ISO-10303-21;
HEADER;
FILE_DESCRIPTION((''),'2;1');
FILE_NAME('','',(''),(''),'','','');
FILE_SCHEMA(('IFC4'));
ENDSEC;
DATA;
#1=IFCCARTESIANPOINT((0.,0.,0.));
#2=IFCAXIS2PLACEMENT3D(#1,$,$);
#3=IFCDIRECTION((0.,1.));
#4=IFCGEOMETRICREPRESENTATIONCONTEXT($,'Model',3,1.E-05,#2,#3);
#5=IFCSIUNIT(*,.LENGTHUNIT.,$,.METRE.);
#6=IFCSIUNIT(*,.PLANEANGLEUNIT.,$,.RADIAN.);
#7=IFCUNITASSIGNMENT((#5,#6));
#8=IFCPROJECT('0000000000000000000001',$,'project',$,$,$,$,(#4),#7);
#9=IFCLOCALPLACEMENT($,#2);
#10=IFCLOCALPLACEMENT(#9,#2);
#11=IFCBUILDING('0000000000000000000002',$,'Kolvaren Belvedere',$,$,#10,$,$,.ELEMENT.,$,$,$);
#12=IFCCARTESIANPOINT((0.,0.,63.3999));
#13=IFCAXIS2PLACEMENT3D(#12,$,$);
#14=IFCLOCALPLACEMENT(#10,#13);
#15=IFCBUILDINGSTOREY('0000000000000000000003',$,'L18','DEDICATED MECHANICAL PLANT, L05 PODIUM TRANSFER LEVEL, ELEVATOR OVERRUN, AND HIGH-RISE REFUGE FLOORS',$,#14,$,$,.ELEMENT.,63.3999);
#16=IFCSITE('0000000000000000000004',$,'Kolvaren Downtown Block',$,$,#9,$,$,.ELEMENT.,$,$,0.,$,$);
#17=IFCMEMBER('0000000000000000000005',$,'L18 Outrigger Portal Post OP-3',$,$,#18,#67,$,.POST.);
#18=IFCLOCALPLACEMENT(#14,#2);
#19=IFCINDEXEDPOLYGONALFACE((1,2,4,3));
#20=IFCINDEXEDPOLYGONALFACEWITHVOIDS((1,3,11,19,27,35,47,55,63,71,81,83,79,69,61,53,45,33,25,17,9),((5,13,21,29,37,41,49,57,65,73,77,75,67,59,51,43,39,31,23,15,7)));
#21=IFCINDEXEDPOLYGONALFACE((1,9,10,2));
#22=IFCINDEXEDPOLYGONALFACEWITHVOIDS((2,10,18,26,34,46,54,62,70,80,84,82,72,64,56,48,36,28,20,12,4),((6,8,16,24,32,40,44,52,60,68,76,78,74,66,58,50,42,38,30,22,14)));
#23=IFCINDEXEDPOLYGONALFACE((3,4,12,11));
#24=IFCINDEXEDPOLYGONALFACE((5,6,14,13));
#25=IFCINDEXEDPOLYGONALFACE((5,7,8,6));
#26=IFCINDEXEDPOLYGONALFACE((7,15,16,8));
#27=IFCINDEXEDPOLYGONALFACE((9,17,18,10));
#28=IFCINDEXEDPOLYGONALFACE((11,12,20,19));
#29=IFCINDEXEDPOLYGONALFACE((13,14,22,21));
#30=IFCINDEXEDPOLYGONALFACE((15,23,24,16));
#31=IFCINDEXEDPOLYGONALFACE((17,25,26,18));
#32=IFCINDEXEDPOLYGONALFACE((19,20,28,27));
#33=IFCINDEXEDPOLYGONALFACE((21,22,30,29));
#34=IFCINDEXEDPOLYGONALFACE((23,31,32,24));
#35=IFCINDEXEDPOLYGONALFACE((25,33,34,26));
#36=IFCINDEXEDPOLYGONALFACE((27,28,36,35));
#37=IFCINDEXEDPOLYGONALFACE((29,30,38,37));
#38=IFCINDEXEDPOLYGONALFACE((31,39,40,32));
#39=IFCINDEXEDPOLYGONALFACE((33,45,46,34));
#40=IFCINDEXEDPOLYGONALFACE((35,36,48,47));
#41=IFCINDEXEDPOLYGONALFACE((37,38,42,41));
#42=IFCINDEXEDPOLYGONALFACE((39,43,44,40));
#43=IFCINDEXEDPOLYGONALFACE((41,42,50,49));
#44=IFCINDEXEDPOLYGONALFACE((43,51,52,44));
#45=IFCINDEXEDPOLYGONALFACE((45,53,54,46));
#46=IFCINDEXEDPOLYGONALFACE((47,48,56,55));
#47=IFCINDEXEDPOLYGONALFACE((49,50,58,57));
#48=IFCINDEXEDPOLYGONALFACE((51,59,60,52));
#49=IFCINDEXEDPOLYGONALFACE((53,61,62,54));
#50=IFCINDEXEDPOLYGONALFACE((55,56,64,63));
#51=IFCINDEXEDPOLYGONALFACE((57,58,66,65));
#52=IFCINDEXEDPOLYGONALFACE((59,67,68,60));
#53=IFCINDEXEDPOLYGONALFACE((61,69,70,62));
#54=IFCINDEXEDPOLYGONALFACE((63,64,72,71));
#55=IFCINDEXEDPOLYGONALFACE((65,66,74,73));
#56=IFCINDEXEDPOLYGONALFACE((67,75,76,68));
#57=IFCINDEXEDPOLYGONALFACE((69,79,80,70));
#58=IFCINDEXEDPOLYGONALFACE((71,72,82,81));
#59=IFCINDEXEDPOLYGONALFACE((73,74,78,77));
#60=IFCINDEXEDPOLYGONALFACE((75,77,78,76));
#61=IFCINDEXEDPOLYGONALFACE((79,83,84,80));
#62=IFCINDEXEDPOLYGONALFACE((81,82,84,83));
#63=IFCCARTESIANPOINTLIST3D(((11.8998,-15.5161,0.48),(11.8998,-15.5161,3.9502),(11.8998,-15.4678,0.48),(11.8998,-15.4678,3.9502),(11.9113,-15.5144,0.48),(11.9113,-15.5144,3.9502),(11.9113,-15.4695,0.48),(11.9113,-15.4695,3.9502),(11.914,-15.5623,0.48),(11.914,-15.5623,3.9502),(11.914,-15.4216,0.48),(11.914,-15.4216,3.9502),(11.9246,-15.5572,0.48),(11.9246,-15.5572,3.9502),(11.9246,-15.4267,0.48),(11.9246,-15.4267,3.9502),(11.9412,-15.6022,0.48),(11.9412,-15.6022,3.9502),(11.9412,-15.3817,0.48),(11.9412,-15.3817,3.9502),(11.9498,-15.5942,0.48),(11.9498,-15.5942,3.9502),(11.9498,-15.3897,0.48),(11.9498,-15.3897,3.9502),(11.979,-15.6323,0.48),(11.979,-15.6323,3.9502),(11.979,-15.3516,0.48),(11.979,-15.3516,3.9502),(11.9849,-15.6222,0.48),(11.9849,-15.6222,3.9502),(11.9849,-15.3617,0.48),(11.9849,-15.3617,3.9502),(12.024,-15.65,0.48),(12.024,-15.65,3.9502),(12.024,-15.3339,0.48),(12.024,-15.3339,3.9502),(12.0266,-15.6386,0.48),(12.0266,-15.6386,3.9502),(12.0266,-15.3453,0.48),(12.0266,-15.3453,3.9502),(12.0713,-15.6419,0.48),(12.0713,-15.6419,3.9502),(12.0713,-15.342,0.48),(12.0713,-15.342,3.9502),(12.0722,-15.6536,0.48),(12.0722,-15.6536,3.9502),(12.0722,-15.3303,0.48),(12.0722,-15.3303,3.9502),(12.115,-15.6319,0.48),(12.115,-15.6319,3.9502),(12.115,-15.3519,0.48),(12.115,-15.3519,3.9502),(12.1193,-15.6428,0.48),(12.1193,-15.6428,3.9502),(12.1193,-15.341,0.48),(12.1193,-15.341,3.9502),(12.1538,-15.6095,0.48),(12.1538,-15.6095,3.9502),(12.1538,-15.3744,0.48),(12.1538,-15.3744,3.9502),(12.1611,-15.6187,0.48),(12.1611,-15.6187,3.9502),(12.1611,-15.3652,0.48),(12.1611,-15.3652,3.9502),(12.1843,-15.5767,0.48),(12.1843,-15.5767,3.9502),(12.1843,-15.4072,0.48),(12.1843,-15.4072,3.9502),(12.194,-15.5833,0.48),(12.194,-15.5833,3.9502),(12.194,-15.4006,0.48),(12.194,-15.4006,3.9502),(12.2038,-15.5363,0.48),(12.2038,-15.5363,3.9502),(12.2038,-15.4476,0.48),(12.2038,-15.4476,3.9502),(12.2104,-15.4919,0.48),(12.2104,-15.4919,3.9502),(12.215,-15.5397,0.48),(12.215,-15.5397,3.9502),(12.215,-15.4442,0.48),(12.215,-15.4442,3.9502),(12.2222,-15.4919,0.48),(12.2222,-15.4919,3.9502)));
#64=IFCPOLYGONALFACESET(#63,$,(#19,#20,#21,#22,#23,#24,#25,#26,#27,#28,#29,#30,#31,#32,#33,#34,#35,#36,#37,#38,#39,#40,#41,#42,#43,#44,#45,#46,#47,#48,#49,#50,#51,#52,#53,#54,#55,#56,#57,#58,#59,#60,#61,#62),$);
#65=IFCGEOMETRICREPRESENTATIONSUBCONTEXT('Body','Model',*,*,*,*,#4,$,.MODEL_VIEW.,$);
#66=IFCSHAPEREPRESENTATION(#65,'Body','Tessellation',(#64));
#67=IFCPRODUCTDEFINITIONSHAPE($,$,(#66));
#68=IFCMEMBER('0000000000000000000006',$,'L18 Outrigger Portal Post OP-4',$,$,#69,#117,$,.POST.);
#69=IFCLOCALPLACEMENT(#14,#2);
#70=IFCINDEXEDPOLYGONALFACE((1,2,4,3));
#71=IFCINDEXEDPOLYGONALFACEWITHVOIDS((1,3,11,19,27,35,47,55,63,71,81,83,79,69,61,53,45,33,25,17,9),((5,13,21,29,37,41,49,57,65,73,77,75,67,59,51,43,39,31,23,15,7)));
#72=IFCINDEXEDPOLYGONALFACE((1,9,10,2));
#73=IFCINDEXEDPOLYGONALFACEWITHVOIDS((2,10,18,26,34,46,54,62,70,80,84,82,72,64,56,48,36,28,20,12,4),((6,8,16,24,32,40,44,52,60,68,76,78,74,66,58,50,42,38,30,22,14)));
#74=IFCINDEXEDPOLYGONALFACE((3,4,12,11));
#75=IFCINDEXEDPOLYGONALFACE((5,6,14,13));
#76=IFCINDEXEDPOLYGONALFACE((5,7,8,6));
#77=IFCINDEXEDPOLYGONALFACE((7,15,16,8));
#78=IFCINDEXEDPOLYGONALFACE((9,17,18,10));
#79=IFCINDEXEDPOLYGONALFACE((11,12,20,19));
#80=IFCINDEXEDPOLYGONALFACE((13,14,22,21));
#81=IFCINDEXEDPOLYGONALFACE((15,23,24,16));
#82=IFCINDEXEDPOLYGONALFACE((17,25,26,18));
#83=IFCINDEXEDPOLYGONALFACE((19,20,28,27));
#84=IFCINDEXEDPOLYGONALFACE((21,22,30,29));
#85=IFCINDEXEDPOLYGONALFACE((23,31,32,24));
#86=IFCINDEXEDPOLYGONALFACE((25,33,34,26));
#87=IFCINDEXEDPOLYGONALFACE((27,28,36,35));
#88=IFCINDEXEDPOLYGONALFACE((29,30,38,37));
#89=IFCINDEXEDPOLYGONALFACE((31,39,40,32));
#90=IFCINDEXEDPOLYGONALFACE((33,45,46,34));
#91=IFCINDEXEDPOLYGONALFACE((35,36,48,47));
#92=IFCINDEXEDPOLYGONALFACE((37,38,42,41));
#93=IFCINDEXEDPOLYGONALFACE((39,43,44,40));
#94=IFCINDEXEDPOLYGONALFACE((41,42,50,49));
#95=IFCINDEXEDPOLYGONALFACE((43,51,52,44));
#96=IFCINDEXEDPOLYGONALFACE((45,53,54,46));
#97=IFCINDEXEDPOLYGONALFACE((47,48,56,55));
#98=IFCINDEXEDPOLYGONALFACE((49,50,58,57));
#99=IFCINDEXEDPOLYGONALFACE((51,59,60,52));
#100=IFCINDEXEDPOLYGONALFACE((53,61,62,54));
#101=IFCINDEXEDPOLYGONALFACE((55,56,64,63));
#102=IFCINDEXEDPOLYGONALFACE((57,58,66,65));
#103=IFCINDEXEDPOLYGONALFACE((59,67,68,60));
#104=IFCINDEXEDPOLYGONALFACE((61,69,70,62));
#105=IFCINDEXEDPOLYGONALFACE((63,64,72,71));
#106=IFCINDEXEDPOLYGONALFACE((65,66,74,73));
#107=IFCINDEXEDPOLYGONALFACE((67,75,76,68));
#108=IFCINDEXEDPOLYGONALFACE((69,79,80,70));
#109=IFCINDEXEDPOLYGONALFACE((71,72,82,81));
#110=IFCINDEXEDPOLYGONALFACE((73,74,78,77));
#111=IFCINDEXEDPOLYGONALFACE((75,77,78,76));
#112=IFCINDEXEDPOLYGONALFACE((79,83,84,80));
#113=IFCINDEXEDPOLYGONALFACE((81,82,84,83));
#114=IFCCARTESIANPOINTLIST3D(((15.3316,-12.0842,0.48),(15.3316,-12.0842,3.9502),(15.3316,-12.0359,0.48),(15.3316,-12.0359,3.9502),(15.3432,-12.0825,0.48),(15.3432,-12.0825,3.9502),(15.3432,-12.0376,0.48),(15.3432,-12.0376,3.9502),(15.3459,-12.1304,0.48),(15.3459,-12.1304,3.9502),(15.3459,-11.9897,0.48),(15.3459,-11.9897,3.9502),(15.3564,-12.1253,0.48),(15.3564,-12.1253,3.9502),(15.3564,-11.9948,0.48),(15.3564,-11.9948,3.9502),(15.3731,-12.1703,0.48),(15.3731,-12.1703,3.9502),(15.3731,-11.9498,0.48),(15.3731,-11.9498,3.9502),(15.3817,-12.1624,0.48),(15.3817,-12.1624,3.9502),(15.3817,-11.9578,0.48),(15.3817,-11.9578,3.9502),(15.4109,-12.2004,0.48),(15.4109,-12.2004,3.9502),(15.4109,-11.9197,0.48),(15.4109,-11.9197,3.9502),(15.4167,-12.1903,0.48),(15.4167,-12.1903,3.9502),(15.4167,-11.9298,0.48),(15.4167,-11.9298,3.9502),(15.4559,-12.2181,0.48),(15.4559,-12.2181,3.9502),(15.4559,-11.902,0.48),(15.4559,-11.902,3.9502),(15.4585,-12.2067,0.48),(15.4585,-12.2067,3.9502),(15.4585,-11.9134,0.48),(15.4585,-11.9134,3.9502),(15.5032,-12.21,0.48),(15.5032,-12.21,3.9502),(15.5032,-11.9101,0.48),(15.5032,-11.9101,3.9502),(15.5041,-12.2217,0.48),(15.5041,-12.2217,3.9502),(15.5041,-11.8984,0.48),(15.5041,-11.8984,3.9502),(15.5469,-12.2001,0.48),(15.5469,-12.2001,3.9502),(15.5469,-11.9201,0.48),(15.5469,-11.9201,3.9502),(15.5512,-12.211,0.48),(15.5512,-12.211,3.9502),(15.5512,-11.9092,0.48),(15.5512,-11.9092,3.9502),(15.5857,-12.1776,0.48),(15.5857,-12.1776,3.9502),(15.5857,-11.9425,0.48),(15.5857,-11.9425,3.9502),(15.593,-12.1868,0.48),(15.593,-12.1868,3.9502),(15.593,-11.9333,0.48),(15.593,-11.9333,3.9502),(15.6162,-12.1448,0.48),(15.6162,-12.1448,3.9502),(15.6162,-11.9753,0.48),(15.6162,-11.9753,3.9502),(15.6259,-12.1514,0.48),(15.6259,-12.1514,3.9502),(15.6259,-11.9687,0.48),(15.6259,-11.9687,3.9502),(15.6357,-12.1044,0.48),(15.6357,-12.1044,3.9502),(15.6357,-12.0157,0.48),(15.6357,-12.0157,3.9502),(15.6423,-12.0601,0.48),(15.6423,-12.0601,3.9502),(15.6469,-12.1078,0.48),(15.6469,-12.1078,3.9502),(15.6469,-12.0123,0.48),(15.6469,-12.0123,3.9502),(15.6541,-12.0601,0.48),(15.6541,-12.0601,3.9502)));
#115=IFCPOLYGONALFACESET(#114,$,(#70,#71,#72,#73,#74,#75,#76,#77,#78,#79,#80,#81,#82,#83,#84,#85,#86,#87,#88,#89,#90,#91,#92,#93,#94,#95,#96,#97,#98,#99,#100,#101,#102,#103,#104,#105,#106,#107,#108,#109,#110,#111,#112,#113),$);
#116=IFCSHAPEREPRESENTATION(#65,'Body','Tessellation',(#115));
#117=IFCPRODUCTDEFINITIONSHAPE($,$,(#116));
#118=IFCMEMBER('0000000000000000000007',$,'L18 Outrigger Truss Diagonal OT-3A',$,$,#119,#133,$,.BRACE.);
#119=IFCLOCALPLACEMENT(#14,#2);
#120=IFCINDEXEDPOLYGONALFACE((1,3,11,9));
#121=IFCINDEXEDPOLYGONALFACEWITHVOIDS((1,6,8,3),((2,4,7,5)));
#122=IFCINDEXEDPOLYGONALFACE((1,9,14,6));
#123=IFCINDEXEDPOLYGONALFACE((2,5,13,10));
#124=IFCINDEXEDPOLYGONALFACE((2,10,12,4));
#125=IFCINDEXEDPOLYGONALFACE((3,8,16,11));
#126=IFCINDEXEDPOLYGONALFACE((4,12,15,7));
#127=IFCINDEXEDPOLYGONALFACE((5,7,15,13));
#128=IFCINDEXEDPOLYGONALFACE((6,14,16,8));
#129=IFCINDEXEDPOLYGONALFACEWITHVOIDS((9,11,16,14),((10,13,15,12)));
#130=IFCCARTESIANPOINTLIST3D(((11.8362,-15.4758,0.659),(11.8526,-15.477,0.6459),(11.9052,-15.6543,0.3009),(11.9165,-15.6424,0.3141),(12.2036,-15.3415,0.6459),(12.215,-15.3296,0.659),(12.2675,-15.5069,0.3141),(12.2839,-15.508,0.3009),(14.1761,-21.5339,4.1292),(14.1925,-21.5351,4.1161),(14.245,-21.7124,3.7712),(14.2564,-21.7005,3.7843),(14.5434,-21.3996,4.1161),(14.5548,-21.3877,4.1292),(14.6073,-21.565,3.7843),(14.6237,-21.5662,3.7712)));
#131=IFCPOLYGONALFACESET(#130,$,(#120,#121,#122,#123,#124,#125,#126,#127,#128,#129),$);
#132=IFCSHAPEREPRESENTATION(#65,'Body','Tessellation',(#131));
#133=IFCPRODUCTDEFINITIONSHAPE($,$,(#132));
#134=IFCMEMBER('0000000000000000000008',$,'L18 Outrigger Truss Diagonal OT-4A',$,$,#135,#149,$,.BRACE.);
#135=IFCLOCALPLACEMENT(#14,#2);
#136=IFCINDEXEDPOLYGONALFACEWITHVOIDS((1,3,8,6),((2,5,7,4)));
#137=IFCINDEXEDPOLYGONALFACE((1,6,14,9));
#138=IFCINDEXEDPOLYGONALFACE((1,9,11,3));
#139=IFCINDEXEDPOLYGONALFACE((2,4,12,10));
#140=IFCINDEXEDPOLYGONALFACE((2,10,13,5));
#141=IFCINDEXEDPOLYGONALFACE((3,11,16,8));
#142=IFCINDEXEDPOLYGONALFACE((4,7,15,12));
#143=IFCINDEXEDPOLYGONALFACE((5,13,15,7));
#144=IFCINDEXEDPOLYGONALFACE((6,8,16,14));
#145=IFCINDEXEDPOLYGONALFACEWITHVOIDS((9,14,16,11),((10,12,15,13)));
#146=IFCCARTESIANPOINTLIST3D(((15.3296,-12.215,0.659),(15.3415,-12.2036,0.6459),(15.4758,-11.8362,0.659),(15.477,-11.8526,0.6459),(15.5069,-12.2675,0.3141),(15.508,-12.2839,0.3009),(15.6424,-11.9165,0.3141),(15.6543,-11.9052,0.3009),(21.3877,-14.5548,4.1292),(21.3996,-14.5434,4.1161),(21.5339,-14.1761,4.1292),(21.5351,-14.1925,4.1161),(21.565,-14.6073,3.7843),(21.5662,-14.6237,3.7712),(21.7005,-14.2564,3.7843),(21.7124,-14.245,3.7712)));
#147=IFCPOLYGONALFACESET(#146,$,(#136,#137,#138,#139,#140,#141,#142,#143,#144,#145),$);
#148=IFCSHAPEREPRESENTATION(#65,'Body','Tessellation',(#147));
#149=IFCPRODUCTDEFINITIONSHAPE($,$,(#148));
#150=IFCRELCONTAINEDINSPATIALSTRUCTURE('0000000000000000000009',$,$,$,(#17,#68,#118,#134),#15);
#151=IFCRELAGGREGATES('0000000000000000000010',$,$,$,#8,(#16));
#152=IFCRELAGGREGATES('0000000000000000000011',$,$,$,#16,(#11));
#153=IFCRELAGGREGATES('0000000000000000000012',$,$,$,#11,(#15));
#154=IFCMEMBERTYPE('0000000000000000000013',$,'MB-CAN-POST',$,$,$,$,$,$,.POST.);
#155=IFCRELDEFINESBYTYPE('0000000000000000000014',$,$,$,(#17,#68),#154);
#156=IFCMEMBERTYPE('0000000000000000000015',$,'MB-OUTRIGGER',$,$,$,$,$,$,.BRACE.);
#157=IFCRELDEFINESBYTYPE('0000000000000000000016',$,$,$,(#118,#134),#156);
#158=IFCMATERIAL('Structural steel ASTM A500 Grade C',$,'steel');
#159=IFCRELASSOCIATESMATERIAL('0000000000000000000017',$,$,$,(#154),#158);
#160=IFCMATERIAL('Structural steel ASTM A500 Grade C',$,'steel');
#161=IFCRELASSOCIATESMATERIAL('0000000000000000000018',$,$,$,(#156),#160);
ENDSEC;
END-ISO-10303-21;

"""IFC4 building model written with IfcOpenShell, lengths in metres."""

from ifc_helpers import new_model, si_unit, direction, frame, origin, origin_2d, place, context, subcontext, project, spatial, hollow_rectangle, hollow_circle, extrude, material, material_profile, profile_set, type_object, element, save


model = new_model("IFC4")

# Units and contexts
model_context = context("Model", 3, precision=1e-05, world=origin(), true_north=direction((0.0, 1.0)))
body_context = subcontext(model_context, "Body", "Model", "MODEL_VIEW")
ifc_project = project(units=[si_unit("LENGTHUNIT", "METRE"), si_unit("PLANEANGLEUNIT", "RADIAN")], contexts=[model_context])

# Site, building, storey
site_placement = place(None, origin())
site = spatial("IfcSite", under=ifc_project, at=site_placement, Name="Kolvaren Downtown Block", CompositionType="ELEMENT", RefElevation=0.0)
building_placement = place(site_placement, origin())
building = spatial("IfcBuilding", under=site, at=building_placement, Name="Kolvaren Belvedere", CompositionType="ELEMENT")
storey_placement = place(building_placement, frame((0.0, 0.0, 63.3999)))
storey = spatial("IfcBuildingStorey", under=building, at=storey_placement, Name="L18", Description="DEDICATED MECHANICAL PLANT, L05 PODIUM TRANSFER LEVEL, ELEVATOR OVERRUN, AND HIGH-RISE REFUGE FLOORS", CompositionType="ELEMENT", Elevation=63.3999)

# Members
ifc_material_1 = material(Name="Structural steel ASTM A500 Grade C", Category="steel")
ifc_material_profile_1 = material_profile(ifc_material_1, hollow_circle(Radius=0.1621, WallThickness=0.0117, at=origin_2d()), Name="HSS12.750X0.500")
ifc_profile_set_1 = profile_set([ifc_material_profile_1], Name="Structural steel ASTM A500 Grade C")
member_type_1 = type_object("IfcMemberType", Name="MB-CAN-POST", PredefinedType="POST", material=ifc_profile_set_1)
for number, where, z_axis, x_axis, name in (
    (1, (12.0601, -15.4919, 0.48), (0.0, 0.0, 1.0), (1.0, 0.0, 0.0), "L18 Outrigger Portal Post OP-3"),
    (2, (15.4919, -12.0601, 0.48), (0.0, 0.0, 1.0), (1.0, 0.0, 0.0), "L18 Outrigger Portal Post OP-4"),
):
    element("IfcMember", number, at=place(storey_placement, frame(where, z_axis=z_axis, x_axis=x_axis)), inside=storey, type_object=member_type_1, Name=name, PredefinedType="POST", context=body_context, shape_type="SweptSolid", body=[
        extrude(hollow_circle(Radius=0.1621, WallThickness=0.0117, at=origin_2d()), origin(), (0.0, 0.0, 1.0), 3.4702),
    ])
ifc_material_2 = material(Name="Structural steel ASTM A500 Grade C", Category="steel")
ifc_material_profile_2 = material_profile(ifc_material_2, hollow_rectangle(XDim=0.406, YDim=0.406, WallThickness=0.0149, at=origin_2d()), Name="HSS16X16X5/8")
ifc_profile_set_2 = profile_set([ifc_material_profile_2], Name="Structural steel ASTM A500 Grade C")
member_type_2 = type_object("IfcMemberType", Name="MB-OUTRIGGER", PredefinedType="BRACE", material=ifc_profile_set_2)
for number, where, z_axis, x_axis, name in (
    (3, (12.0601, -15.4919, 0.48), (0.317772, -0.822745, 0.471287), (0.932839, 0.360294, 0.0), "L18 Outrigger Truss Diagonal OT-3A"),
    (4, (15.4919, -12.0601, 0.48), (0.822745, -0.317772, 0.471287), (0.360294, 0.932839, 0.0), "L18 Outrigger Truss Diagonal OT-4A"),
):
    element("IfcMember", number, at=place(storey_placement, frame(where, z_axis=z_axis, x_axis=x_axis)), inside=storey, type_object=member_type_2, Name=name, PredefinedType="BRACE", context=body_context, shape_type="SweptSolid", body=[
        extrude(hollow_rectangle(XDim=0.406, YDim=0.406, WallThickness=0.0149, at=origin_2d()), origin(), (0.0, 0.0, 1.0), 7.3633),
    ])

save(model, "model.ifc")
